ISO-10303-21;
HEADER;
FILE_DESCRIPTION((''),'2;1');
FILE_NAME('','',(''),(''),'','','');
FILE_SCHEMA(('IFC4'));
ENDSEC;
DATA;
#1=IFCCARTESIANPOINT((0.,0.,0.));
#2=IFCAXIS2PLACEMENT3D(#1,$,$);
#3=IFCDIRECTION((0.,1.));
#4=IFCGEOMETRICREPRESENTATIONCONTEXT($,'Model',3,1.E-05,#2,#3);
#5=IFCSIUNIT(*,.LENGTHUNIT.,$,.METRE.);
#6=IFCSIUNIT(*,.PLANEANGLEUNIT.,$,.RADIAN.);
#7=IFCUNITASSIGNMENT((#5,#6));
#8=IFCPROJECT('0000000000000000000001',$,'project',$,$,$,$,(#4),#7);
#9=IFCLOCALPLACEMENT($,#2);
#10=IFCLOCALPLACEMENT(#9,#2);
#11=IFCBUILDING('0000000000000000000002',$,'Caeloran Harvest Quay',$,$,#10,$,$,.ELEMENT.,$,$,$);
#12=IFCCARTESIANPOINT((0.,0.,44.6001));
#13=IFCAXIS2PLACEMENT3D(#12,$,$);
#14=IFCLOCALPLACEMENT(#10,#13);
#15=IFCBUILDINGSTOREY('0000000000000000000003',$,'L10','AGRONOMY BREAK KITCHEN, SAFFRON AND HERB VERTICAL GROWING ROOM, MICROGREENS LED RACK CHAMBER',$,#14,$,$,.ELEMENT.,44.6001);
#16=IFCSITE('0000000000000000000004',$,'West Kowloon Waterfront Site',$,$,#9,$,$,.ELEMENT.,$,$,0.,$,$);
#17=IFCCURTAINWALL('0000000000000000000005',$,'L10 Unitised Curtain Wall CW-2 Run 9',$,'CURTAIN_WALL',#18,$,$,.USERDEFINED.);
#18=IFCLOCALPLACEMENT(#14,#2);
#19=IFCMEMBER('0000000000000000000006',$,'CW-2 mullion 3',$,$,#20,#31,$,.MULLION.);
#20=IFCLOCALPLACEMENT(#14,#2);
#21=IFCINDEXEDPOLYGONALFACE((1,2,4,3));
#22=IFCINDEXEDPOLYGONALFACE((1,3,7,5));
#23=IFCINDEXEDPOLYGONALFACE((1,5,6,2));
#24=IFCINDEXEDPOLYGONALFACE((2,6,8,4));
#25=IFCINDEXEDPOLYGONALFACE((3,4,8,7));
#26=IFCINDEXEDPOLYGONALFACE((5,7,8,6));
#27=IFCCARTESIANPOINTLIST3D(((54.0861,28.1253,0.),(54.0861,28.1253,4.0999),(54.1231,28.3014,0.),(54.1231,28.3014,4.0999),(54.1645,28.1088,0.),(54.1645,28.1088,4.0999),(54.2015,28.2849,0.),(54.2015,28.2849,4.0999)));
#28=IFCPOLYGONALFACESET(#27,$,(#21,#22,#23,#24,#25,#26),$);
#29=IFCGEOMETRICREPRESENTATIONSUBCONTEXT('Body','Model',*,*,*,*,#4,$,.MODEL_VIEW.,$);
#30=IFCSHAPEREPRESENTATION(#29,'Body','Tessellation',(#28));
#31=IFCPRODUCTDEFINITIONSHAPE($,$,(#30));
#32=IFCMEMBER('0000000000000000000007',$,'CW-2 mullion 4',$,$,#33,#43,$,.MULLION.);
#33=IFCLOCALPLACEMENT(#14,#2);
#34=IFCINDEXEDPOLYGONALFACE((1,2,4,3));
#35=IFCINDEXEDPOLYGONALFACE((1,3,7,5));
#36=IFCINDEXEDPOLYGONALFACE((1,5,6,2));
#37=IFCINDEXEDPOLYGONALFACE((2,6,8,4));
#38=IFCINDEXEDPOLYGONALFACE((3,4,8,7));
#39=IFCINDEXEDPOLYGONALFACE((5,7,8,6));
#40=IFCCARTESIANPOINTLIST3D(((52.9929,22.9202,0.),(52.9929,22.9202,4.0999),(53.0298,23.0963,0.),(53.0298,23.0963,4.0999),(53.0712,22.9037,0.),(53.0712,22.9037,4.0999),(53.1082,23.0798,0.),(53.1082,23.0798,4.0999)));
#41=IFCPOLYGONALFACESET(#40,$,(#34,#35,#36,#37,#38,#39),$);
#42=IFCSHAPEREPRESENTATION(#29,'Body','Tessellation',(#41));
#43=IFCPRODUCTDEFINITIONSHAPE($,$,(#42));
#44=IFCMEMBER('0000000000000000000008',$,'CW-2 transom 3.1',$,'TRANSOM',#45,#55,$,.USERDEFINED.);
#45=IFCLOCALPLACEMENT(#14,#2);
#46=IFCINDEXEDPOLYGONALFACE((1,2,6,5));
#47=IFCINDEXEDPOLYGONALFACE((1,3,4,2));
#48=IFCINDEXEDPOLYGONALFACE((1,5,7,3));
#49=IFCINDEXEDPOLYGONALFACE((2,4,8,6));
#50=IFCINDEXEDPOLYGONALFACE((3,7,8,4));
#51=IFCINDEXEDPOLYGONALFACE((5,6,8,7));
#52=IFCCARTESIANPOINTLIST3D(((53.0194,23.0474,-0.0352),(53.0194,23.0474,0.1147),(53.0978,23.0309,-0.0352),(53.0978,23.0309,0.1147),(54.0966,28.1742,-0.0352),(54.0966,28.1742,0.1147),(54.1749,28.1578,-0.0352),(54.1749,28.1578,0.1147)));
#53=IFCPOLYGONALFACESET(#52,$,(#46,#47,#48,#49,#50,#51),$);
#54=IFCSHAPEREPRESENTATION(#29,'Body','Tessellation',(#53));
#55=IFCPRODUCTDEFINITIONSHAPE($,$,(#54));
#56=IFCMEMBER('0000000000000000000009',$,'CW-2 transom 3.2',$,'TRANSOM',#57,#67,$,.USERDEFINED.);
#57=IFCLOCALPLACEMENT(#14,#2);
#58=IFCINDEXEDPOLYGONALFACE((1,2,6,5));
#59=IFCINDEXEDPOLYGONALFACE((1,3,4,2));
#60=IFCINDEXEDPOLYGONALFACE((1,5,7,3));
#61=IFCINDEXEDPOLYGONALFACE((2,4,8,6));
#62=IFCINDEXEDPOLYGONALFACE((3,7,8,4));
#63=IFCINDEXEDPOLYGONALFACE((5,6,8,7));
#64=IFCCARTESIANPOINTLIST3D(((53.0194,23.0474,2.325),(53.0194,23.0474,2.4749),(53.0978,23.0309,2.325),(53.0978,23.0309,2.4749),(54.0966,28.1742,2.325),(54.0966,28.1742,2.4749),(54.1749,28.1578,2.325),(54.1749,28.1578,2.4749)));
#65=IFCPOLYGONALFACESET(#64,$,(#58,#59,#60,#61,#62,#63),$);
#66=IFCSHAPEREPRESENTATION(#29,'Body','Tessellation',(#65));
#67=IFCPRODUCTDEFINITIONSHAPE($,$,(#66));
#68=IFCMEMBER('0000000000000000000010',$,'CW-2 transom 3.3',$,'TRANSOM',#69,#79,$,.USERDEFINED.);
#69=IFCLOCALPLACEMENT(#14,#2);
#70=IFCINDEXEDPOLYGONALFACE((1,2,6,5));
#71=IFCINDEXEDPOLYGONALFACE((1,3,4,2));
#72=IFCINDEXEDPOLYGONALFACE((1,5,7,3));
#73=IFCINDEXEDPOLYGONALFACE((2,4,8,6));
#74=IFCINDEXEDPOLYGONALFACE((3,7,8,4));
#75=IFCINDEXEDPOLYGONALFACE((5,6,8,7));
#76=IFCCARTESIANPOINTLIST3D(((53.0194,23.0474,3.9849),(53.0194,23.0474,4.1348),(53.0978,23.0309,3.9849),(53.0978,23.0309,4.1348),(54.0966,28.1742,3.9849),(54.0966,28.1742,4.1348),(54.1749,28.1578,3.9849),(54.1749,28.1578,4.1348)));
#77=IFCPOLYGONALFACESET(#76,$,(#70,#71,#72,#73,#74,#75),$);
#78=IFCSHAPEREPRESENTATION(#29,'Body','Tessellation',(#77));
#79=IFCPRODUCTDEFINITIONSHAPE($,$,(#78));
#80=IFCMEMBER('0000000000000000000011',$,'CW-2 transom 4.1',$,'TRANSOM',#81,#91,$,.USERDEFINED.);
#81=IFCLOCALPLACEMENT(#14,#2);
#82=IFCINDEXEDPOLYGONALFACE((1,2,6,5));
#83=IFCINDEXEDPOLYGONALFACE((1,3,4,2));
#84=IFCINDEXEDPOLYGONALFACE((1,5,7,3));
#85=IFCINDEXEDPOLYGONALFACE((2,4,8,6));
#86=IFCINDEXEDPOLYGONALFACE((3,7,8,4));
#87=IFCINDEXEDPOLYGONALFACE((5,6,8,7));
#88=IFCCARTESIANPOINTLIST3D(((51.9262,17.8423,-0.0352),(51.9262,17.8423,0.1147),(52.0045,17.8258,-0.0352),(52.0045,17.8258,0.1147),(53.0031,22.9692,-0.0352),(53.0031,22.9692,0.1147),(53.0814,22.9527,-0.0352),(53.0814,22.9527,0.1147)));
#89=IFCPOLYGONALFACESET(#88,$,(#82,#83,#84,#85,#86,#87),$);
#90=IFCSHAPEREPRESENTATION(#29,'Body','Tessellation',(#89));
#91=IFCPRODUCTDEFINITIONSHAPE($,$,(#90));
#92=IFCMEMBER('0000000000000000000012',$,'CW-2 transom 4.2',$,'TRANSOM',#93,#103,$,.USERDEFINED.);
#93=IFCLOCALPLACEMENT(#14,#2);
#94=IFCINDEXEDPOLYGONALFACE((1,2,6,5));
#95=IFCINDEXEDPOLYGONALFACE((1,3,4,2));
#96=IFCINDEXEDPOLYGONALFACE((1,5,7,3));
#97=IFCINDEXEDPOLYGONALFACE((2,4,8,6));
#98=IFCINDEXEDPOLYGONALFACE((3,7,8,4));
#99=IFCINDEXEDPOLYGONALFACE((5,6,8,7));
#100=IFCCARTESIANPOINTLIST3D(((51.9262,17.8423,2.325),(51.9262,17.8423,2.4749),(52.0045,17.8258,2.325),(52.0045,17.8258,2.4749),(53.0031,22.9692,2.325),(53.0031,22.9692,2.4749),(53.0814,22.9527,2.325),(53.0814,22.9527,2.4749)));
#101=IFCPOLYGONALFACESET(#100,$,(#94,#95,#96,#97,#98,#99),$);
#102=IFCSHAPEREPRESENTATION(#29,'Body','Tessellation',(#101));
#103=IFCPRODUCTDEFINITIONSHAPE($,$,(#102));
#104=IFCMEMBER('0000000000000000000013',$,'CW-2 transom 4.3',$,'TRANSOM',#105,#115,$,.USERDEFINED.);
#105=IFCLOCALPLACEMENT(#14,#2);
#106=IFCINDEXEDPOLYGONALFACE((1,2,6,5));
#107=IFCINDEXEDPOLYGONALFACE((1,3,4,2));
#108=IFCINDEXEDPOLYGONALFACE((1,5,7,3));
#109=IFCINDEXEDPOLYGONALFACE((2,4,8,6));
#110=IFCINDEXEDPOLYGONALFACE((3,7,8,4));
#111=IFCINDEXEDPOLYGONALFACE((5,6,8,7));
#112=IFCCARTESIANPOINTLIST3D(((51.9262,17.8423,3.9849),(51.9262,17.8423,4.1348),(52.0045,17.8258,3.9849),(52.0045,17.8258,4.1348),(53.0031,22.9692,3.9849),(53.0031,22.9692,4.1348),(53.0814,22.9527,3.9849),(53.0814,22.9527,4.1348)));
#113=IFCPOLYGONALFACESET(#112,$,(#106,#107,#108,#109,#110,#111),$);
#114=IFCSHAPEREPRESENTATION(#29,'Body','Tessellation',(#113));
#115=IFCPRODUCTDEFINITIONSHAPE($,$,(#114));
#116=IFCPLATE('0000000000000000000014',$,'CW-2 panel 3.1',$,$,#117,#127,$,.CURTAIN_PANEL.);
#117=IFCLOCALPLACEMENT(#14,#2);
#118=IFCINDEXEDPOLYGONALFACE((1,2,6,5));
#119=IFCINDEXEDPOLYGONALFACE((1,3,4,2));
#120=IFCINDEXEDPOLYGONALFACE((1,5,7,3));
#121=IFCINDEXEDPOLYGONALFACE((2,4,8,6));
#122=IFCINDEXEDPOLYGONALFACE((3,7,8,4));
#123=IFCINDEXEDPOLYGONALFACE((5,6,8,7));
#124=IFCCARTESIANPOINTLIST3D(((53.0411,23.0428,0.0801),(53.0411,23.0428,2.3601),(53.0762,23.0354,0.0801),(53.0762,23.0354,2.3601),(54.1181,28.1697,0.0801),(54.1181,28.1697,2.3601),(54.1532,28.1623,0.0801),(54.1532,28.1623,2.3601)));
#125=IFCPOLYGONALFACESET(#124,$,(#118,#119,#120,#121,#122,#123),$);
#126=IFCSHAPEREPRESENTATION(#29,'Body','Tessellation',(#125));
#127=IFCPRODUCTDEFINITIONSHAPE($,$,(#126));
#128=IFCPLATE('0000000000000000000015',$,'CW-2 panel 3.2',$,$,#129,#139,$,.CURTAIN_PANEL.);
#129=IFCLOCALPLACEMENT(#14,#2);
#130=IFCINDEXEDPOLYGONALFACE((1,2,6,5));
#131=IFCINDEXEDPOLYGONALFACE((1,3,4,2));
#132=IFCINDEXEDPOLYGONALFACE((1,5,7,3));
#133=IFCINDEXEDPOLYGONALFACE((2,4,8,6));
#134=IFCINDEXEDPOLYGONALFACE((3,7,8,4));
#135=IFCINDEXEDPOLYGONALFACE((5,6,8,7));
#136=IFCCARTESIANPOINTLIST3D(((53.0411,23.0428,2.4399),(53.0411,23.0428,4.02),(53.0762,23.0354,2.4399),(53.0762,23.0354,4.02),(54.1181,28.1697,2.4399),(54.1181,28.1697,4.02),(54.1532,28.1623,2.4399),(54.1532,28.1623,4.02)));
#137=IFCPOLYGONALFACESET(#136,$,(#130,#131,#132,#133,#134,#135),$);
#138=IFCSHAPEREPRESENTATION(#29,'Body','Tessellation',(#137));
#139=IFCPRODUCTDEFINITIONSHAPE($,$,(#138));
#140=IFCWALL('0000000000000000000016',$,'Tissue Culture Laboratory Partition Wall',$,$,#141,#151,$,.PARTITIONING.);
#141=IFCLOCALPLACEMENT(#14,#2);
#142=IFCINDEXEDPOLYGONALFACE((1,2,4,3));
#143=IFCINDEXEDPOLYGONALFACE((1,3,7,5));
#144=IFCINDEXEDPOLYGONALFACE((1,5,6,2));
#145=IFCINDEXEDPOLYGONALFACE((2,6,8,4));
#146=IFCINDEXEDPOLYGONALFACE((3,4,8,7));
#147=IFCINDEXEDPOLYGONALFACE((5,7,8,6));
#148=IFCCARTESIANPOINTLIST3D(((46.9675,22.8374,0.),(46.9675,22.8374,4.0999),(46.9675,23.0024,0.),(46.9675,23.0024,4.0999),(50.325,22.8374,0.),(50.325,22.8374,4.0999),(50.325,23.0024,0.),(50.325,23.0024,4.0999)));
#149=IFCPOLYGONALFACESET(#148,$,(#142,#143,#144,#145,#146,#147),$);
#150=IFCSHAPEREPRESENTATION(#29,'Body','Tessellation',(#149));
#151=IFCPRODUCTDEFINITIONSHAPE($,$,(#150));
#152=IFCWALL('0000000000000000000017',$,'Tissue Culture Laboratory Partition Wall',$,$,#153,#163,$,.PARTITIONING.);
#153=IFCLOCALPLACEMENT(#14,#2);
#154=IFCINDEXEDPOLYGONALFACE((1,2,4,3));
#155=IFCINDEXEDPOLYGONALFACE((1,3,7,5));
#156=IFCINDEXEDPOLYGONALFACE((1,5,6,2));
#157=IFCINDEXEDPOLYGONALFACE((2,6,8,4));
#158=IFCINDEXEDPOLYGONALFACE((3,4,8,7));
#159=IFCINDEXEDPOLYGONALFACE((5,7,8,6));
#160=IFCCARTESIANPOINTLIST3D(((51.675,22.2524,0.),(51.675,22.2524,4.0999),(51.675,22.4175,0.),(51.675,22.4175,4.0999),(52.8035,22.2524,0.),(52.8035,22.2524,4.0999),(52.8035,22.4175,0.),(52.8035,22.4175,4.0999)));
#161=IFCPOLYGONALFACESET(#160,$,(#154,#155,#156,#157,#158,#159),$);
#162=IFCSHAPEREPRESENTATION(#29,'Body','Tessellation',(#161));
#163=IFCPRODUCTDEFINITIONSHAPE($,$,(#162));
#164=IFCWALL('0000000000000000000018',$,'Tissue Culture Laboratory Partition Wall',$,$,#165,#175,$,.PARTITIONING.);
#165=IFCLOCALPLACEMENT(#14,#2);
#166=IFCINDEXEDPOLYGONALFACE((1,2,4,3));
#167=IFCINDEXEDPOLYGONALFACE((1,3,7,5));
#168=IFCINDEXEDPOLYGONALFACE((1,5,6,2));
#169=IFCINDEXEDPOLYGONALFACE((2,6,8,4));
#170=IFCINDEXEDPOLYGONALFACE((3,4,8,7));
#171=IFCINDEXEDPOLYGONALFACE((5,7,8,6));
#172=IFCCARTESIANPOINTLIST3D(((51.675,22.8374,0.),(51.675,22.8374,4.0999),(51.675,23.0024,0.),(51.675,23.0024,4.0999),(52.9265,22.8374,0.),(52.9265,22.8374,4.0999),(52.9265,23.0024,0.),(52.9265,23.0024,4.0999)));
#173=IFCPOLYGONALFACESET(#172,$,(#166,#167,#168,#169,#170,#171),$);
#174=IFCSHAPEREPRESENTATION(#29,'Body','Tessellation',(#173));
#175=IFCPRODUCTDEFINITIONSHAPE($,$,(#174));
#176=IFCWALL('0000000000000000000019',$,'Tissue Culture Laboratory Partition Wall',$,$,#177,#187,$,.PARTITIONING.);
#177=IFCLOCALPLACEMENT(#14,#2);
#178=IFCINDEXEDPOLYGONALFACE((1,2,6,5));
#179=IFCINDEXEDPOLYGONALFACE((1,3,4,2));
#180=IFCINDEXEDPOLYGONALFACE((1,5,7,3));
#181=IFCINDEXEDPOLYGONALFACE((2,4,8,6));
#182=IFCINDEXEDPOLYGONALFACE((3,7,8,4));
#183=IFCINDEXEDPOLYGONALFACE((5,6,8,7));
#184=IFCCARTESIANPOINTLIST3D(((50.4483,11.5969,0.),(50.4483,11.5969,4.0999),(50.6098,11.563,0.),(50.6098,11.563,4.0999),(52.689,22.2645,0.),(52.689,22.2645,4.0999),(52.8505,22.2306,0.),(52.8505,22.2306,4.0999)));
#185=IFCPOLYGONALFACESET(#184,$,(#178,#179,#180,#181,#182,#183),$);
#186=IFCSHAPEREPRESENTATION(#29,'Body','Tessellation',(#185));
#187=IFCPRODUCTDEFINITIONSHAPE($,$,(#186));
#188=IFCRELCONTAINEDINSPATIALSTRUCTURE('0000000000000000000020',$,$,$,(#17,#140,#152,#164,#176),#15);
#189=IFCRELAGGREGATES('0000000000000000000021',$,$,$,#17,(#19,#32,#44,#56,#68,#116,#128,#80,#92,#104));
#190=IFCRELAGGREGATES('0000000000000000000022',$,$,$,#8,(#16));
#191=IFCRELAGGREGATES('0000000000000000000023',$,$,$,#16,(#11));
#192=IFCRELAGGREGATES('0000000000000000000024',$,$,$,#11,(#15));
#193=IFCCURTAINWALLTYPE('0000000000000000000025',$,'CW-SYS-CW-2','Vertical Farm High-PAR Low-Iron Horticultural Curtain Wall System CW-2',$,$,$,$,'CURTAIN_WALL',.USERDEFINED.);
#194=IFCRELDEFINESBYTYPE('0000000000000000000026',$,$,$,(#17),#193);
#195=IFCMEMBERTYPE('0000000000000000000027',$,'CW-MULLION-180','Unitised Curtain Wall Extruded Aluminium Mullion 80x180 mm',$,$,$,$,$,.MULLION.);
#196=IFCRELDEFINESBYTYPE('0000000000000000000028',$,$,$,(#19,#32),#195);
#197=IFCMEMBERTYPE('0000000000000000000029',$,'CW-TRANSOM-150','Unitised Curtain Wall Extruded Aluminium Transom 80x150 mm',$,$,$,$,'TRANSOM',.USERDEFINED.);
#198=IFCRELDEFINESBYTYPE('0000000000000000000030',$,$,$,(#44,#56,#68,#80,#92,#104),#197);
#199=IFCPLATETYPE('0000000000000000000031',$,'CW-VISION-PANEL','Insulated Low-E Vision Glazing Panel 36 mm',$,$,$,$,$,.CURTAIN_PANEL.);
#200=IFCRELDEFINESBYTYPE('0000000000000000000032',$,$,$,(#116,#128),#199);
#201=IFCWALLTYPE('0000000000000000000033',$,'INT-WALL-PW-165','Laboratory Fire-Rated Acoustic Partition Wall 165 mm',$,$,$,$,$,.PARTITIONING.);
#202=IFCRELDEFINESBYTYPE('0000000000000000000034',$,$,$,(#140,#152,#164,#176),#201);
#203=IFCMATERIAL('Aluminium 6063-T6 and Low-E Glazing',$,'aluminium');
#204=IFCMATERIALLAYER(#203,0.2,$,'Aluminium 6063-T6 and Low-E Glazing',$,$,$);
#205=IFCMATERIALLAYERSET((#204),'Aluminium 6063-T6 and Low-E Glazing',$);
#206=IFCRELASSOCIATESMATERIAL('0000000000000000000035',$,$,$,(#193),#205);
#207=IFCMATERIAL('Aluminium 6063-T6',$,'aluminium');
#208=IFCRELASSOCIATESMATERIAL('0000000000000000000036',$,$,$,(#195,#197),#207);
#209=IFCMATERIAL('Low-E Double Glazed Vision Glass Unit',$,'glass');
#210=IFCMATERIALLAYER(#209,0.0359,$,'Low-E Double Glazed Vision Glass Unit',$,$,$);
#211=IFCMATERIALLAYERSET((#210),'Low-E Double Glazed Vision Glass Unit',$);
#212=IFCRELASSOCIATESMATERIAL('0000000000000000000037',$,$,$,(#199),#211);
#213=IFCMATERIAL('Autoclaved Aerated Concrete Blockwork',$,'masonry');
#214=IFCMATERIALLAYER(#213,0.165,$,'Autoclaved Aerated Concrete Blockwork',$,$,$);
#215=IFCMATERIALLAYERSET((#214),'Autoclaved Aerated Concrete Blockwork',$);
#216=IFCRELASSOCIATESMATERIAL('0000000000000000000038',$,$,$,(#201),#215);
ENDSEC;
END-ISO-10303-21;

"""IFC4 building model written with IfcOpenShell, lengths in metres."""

from ifc_helpers import new_model, si_unit, direction, frame, frame_2d, origin, origin_2d, place, context, subcontext, project, spatial, rectangle, extrude, material, layer, layer_set, material_profile, profile_set, type_object, element, aggregate, save


model = new_model("IFC4")

# Units and contexts
model_context = context("Model", 3, precision=1e-05, world=origin(), true_north=direction((0.0, 1.0)))
body_context = subcontext(model_context, "Body", "Model", "MODEL_VIEW")
ifc_project = project(units=[si_unit("LENGTHUNIT", "METRE"), si_unit("PLANEANGLEUNIT", "RADIAN")], contexts=[model_context])

# Site, building, storey
site_placement = place(None, origin())
site = spatial("IfcSite", under=ifc_project, at=site_placement, Name="West Kowloon Waterfront Site", CompositionType="ELEMENT", RefElevation=0.0)
building_placement = place(site_placement, origin())
building = spatial("IfcBuilding", under=site, at=building_placement, Name="Caeloran Harvest Quay", CompositionType="ELEMENT")
storey_placement = place(building_placement, frame((0.0, 0.0, 44.6001)))
storey = spatial("IfcBuildingStorey", under=building, at=storey_placement, Name="L10", Description="AGRONOMY BREAK KITCHEN, SAFFRON AND HERB VERTICAL GROWING ROOM, MICROGREENS LED RACK CHAMBER", CompositionType="ELEMENT", Elevation=44.6001)

# Curtain wall, members, plates
ifc_material_1 = material(Name="Aluminium 6063-T6 and Low-E Glazing", Category="aluminium")
ifc_layer_1 = layer(ifc_material_1, 0.2, Name="Aluminium 6063-T6 and Low-E Glazing")
ifc_layer_set_1 = layer_set([ifc_layer_1], Name="Aluminium 6063-T6 and Low-E Glazing")
curtain_wall_type = type_object("IfcCurtainWallType", Name="CW-SYS-CW-2", Description="Vertical Farm High-PAR Low-Iron Horticultural Curtain Wall System CW-2", ElementType="CURTAIN_WALL", PredefinedType="USERDEFINED", material=ifc_layer_set_1)
curtain_wall_placement = place(storey_placement, origin())
curtain_wall = element("IfcCurtainWall", 1, at=curtain_wall_placement, inside=storey, type_object=curtain_wall_type, Name="L10 Unitised Curtain Wall CW-2 Run 9", ObjectType="CURTAIN_WALL", PredefinedType="USERDEFINED")
ifc_material_2 = material(Name="Aluminium 6063-T6", Category="aluminium")
ifc_material_profile_1 = material_profile(ifc_material_2, rectangle(XDim=0.0801, YDim=0.1799, at=origin_2d()), Name="CW-MULLION-180")
ifc_profile_set_1 = profile_set([ifc_material_profile_1], Name="Aluminium 6063-T6")
member_type_1 = type_object("IfcMemberType", Name="CW-MULLION-180", Description="Unitised Curtain Wall Extruded Aluminium Mullion 80x180 mm", PredefinedType="MULLION", material=ifc_profile_set_1)
member_1_placement = place(storey_placement, frame((54.1438, 28.2051, 0.0), z_axis=(0.0, 0.0, 1.0), x_axis=(0.97864, -0.205583, 0.0)))
member_1 = element("IfcMember", 2, at=member_1_placement, type_object=member_type_1, Name="CW-2 mullion 3", PredefinedType="MULLION", context=body_context, shape_type="SweptSolid", body=[
    extrude(rectangle(XDim=0.0801, YDim=0.1799, at=origin_2d()), origin(), (0.0, 0.0, 1.0), 4.0999),
])
member_2_placement = place(storey_placement, frame((53.0505, 23.0, 0.0), z_axis=(0.0, 0.0, 1.0), x_axis=(0.97864, -0.205583, 0.0)))
member_2 = element("IfcMember", 3, at=member_2_placement, type_object=member_type_1, Name="CW-2 mullion 4", PredefinedType="MULLION", context=body_context, shape_type="SweptSolid", body=[
    extrude(rectangle(XDim=0.0801, YDim=0.1799, at=origin_2d()), origin(), (0.0, 0.0, 1.0), 4.0999),
])
ifc_material_profile_2 = material_profile(ifc_material_2, rectangle(XDim=0.0801, YDim=0.1499, at=origin_2d()), Name="CW-TRANSOM-150")
ifc_profile_set_2 = profile_set([ifc_material_profile_2], Name="Aluminium 6063-T6")
member_type_2 = type_object("IfcMemberType", Name="CW-TRANSOM-150", Description="Unitised Curtain Wall Extruded Aluminium Transom 80x150 mm", ElementType="TRANSOM", PredefinedType="USERDEFINED", material=ifc_profile_set_2)
member_3_placement = place(storey_placement, frame((54.1357, 28.166, 0.0398), z_axis=(-0.205607, -0.978635, 0.0), x_axis=(0.978635, -0.205607, 0.0)))
member_3 = element("IfcMember", 4, at=member_3_placement, type_object=member_type_2, Name="CW-2 transom 3.1", ObjectType="TRANSOM", PredefinedType="USERDEFINED", context=body_context, shape_type="SweptSolid", body=[
    extrude(rectangle(XDim=0.0801, YDim=0.1499, at=origin_2d()), origin(), (0.0, 0.0, 1.0), 5.2388),
])
member_4_placement = place(storey_placement, frame((54.1357, 28.166, 2.3999), z_axis=(-0.205607, -0.978635, 0.0), x_axis=(0.978635, -0.205607, 0.0)))
member_4 = element("IfcMember", 5, at=member_4_placement, type_object=member_type_2, Name="CW-2 transom 3.2", ObjectType="TRANSOM", PredefinedType="USERDEFINED", context=body_context, shape_type="SweptSolid", body=[
    extrude(rectangle(XDim=0.0801, YDim=0.1499, at=origin_2d()), origin(), (0.0, 0.0, 1.0), 5.2388),
])
member_5_placement = place(storey_placement, frame((54.1357, 28.166, 4.0598), z_axis=(-0.205607, -0.978635, 0.0), x_axis=(0.978635, -0.205607, 0.0)))
member_5 = element("IfcMember", 6, at=member_5_placement, type_object=member_type_2, Name="CW-2 transom 3.3", ObjectType="TRANSOM", PredefinedType="USERDEFINED", context=body_context, shape_type="SweptSolid", body=[
    extrude(rectangle(XDim=0.0801, YDim=0.1499, at=origin_2d()), origin(), (0.0, 0.0, 1.0), 5.2388),
])
member_6_placement = place(storey_placement, frame((53.0422, 22.9609, 0.0398), z_axis=(-0.205562, -0.978644, 0.0), x_axis=(0.978644, -0.205562, 0.0)))
member_6 = element("IfcMember", 7, at=member_6_placement, type_object=member_type_2, Name="CW-2 transom 4.1", ObjectType="TRANSOM", PredefinedType="USERDEFINED", context=body_context, shape_type="SweptSolid", body=[
    extrude(rectangle(XDim=0.0801, YDim=0.1499, at=origin_2d()), origin(), (0.0, 0.0, 1.0), 5.2388),
])
member_7_placement = place(storey_placement, frame((53.0422, 22.9609, 2.3999), z_axis=(-0.205562, -0.978644, 0.0), x_axis=(0.978644, -0.205562, 0.0)))
member_7 = element("IfcMember", 8, at=member_7_placement, type_object=member_type_2, Name="CW-2 transom 4.2", ObjectType="TRANSOM", PredefinedType="USERDEFINED", context=body_context, shape_type="SweptSolid", body=[
    extrude(rectangle(XDim=0.0801, YDim=0.1499, at=origin_2d()), origin(), (0.0, 0.0, 1.0), 5.2388),
])
member_8_placement = place(storey_placement, frame((53.0422, 22.9609, 4.0598), z_axis=(-0.205562, -0.978644, 0.0), x_axis=(0.978644, -0.205562, 0.0)))
member_8 = element("IfcMember", 9, at=member_8_placement, type_object=member_type_2, Name="CW-2 transom 4.3", ObjectType="TRANSOM", PredefinedType="USERDEFINED", context=body_context, shape_type="SweptSolid", body=[
    extrude(rectangle(XDim=0.0801, YDim=0.1499, at=origin_2d()), origin(), (0.0, 0.0, 1.0), 5.2388),
])
ifc_material_3 = material(Name="Low-E Double Glazed Vision Glass Unit", Category="glass")
ifc_layer_2 = layer(ifc_material_3, 0.0359, Name="Low-E Double Glazed Vision Glass Unit")
ifc_layer_set_2 = layer_set([ifc_layer_2], Name="Low-E Double Glazed Vision Glass Unit")
plate_type = type_object("IfcPlateType", Name="CW-VISION-PANEL", Description="Insulated Low-E Vision Glazing Panel 36 mm", PredefinedType="CURTAIN_PANEL", material=ifc_layer_set_2)
plate_1_placement = place(storey_placement, frame((53.5972, 25.6025, 0.0801), z_axis=(0.0, 0.0, 1.0), x_axis=(-0.205583, -0.97864, 0.0)))
plate_1 = element("IfcPlate", 10, at=plate_1_placement, type_object=plate_type, Name="CW-2 panel 3.1", PredefinedType="CURTAIN_PANEL", context=body_context, shape_type="SweptSolid", body=[
    extrude(rectangle(XDim=5.2388, YDim=0.0359, at=origin_2d()), origin(), (0.0, 0.0, 1.0), 2.28),
])
plate_2_placement = place(storey_placement, frame((53.5972, 25.6025, 2.4399), z_axis=(0.0, 0.0, 1.0), x_axis=(-0.205583, -0.97864, 0.0)))
plate_2 = element("IfcPlate", 11, at=plate_2_placement, type_object=plate_type, Name="CW-2 panel 3.2", PredefinedType="CURTAIN_PANEL", context=body_context, shape_type="SweptSolid", body=[
    extrude(rectangle(XDim=5.2388, YDim=0.0359, at=origin_2d()), origin(), (0.0, 0.0, 1.0), 1.5801),
])
aggregate(curtain_wall, [member_1, member_2, member_3, member_4, member_5, plate_1, plate_2, member_6, member_7, member_8])

# Walls
ifc_material_4 = material(Name="Autoclaved Aerated Concrete Blockwork", Category="masonry")
ifc_layer_3 = layer(ifc_material_4, 0.165, Name="Autoclaved Aerated Concrete Blockwork")
ifc_layer_set_3 = layer_set([ifc_layer_3], Name="Autoclaved Aerated Concrete Blockwork")
wall_type = type_object("IfcWallType", Name="INT-WALL-PW-165", Description="Laboratory Fire-Rated Acoustic Partition Wall 165 mm", PredefinedType="PARTITIONING", material=ifc_layer_set_3)
wall_1_placement = place(storey_placement, frame((46.9675, 22.9199, 0.0), z_axis=(0.0, 0.0, 1.0), x_axis=(1.0, 0.0, 0.0)))
element("IfcWall", 12, at=wall_1_placement, inside=storey, type_object=wall_type, Name="Tissue Culture Laboratory Partition Wall", PredefinedType="PARTITIONING", context=body_context, shape_type="SweptSolid", body=[
    extrude(rectangle(XDim=3.3574, YDim=0.165, at=frame_2d((1.6787, 0.0))), origin(), (0.0, 0.0, 1.0), 4.0999),
])
wall_2_placement = place(storey_placement, frame((51.675, 22.335, 0.0), z_axis=(0.0, 0.0, 1.0), x_axis=(1.0, 0.0, 0.0)))
element("IfcWall", 13, at=wall_2_placement, inside=storey, type_object=wall_type, Name="Tissue Culture Laboratory Partition Wall", PredefinedType="PARTITIONING", context=body_context, shape_type="SweptSolid", body=[
    extrude(rectangle(XDim=1.1284, YDim=0.165, at=frame_2d((0.5642, 0.0))), origin(), (0.0, 0.0, 1.0), 4.0999),
])
wall_3_placement = place(storey_placement, frame((51.675, 22.9199, 0.0), z_axis=(0.0, 0.0, 1.0), x_axis=(1.0, 0.0, 0.0)))
element("IfcWall", 14, at=wall_3_placement, inside=storey, type_object=wall_type, Name="Tissue Culture Laboratory Partition Wall", PredefinedType="PARTITIONING", context=body_context, shape_type="SweptSolid", body=[
    extrude(rectangle(XDim=1.2515, YDim=0.165, at=frame_2d((0.6257, 0.0))), origin(), (0.0, 0.0, 1.0), 4.0999),
])
wall_4_placement = place(storey_placement, frame((52.7698, 22.2476, 0.0), z_axis=(0.0, 0.0, 1.0), x_axis=(-0.205566, -0.978643, 0.0)))
element("IfcWall", 15, at=wall_4_placement, inside=storey, type_object=wall_type, Name="Tissue Culture Laboratory Partition Wall", PredefinedType="PARTITIONING", context=body_context, shape_type="SweptSolid", body=[
    extrude(rectangle(XDim=10.9004, YDim=0.165, at=frame_2d((5.4502, 0.0))), origin(), (0.0, 0.0, 1.0), 4.0999),
])

save(model, "model.ifc")
